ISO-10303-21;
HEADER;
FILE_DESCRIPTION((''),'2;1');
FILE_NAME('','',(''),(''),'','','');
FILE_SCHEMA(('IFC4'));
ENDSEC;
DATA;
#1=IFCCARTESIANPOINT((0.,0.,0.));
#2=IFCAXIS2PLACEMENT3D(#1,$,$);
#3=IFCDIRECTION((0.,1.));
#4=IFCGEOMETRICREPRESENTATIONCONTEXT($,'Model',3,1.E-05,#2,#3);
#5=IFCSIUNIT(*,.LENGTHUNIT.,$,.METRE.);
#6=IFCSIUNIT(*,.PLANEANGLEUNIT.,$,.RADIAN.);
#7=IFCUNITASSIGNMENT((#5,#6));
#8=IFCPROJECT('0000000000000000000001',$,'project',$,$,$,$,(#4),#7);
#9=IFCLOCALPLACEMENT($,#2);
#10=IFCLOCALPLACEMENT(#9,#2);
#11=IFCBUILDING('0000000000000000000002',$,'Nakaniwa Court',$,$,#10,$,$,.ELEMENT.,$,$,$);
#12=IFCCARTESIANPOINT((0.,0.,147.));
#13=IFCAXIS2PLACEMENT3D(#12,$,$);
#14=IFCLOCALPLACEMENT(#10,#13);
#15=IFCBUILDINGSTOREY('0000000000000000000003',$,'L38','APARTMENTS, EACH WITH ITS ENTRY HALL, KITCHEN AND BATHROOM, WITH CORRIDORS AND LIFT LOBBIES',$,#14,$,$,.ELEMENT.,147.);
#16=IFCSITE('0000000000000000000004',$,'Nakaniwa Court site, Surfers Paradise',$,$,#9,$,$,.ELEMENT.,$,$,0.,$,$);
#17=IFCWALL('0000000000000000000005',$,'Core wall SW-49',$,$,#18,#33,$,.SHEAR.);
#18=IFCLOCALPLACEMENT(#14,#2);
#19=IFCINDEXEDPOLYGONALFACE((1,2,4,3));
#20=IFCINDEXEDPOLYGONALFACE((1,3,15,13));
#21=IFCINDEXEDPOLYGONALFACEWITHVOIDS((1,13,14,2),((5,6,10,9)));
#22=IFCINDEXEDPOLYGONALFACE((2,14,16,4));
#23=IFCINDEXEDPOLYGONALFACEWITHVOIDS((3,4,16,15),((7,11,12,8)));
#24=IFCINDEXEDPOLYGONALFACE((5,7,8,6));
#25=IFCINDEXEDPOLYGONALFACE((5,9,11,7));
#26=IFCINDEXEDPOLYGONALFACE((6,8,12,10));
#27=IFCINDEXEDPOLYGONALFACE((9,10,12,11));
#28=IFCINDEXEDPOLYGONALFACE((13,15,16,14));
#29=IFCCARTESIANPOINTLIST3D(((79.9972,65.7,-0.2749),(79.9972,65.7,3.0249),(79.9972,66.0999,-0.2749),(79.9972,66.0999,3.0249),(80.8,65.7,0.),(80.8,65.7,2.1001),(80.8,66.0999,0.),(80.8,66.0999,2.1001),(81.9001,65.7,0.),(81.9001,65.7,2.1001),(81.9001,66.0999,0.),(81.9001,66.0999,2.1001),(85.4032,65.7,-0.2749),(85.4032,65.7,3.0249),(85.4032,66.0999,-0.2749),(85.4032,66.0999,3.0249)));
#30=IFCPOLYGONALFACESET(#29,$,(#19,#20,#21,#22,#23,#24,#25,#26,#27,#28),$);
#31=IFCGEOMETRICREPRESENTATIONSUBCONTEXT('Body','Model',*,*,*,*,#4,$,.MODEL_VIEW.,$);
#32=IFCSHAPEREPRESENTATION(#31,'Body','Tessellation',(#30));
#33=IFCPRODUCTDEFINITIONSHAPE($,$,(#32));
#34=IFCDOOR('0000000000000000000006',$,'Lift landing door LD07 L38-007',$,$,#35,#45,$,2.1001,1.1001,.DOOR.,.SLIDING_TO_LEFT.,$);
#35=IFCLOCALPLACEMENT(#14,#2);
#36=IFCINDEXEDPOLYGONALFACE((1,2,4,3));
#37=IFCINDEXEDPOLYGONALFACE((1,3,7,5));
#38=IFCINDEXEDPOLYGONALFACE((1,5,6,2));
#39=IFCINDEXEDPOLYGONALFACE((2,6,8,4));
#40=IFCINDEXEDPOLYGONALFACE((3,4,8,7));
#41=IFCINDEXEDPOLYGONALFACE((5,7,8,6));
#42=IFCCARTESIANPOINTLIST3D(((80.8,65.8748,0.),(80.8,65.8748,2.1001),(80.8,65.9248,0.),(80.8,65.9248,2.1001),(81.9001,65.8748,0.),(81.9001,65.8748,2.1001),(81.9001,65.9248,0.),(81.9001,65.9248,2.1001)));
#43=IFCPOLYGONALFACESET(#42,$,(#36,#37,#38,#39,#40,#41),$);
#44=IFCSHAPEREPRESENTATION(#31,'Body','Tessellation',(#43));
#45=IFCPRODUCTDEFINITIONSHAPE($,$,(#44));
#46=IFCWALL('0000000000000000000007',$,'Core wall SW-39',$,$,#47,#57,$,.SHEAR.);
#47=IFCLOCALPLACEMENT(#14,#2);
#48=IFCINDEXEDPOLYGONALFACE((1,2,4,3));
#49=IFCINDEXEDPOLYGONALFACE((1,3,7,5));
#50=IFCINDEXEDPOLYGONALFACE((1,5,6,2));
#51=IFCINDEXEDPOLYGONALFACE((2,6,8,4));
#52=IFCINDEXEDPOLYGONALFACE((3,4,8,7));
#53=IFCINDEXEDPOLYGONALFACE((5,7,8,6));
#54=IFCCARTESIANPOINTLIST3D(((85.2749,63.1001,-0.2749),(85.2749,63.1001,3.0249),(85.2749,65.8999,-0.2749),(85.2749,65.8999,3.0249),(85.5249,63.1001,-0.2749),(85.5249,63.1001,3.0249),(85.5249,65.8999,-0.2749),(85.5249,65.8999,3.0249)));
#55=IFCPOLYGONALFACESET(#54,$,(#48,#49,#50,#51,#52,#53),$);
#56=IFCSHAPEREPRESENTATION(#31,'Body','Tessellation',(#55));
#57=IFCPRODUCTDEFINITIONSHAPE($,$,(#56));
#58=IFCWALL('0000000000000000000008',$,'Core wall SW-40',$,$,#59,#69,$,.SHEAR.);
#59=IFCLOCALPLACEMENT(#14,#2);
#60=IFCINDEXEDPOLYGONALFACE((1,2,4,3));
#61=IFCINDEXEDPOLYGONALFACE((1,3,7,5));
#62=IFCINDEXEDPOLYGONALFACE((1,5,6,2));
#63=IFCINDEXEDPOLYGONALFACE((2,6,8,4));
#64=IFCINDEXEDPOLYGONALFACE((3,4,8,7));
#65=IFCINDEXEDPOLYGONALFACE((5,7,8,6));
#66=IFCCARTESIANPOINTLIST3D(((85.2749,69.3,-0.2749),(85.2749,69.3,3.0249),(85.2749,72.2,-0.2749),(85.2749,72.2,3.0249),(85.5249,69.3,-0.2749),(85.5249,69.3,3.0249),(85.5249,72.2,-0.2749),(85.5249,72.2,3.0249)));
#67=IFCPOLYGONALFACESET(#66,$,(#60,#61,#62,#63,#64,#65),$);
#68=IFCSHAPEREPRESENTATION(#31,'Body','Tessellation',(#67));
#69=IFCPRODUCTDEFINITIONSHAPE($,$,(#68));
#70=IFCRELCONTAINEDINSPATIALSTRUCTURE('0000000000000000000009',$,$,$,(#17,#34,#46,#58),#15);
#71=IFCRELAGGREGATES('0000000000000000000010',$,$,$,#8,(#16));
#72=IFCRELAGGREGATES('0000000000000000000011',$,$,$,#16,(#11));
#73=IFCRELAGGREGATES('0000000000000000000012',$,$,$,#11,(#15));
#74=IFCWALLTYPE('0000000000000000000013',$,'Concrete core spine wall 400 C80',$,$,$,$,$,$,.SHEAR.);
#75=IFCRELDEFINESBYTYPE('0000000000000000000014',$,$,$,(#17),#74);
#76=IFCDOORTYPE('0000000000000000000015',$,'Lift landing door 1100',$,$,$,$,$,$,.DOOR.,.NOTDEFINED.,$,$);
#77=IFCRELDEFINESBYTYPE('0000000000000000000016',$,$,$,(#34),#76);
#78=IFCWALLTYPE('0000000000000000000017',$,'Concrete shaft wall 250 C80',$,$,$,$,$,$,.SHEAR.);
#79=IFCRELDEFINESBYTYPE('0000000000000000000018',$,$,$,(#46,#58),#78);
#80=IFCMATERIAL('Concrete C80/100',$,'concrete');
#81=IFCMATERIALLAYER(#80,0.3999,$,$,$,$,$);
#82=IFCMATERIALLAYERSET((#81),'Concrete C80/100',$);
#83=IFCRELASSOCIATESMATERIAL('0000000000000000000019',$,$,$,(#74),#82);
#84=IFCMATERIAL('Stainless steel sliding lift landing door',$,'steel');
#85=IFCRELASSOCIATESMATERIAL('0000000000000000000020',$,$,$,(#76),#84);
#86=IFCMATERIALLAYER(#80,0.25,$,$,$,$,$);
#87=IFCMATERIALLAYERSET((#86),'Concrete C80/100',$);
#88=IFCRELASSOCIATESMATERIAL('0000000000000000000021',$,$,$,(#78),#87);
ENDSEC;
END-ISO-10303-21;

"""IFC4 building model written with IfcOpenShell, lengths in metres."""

from ifc_helpers import new_model, si_unit, direction, frame, frame_2d, origin, place, context, subcontext, project, spatial, rectangle, extrude, material, layer, layer_set, type_object, element, fill, save


model = new_model("IFC4")

# Units and contexts
model_context = context("Model", 3, precision=1e-05, world=origin(), true_north=direction((0.0, 1.0)))
body_context = subcontext(model_context, "Body", "Model", "MODEL_VIEW")
ifc_project = project(units=[si_unit("LENGTHUNIT", "METRE"), si_unit("PLANEANGLEUNIT", "RADIAN")], contexts=[model_context])

# Site, building, storey
site_placement = place(None, origin())
site = spatial("IfcSite", under=ifc_project, at=site_placement, Name="Nakaniwa Court site, Surfers Paradise", CompositionType="ELEMENT", RefElevation=0.0)
building_placement = place(site_placement, origin())
building = spatial("IfcBuilding", under=site, at=building_placement, Name="Nakaniwa Court", CompositionType="ELEMENT")
storey_placement = place(building_placement, frame((0.0, 0.0, 147.0)))
storey = spatial("IfcBuildingStorey", under=building, at=storey_placement, Name="L38", Description="APARTMENTS, EACH WITH ITS ENTRY HALL, KITCHEN AND BATHROOM, WITH CORRIDORS AND LIFT LOBBIES", CompositionType="ELEMENT", Elevation=147.0)

# Wall, opening, door
ifc_material_1 = material(Name="Concrete C80/100", Category="concrete")
ifc_layer_1 = layer(ifc_material_1, 0.3999)
ifc_layer_set_1 = layer_set([ifc_layer_1], Name="Concrete C80/100")
wall_type_1 = type_object("IfcWallType", Name="Concrete core spine wall 400 C80", PredefinedType="SHEAR", material=ifc_layer_set_1)
ifc_material_2 = material(Name="Stainless steel sliding lift landing door", Category="steel")
door_type_1 = type_object("IfcDoorType", Name="Lift landing door 1100", OperationType="NOTDEFINED", PredefinedType="DOOR", material=ifc_material_2)
wall_1_placement = place(storey_placement, frame((79.9971, 65.8999, -0.2749), z_axis=(0.0, 0.0, 1.0), x_axis=(1.0, 0.0, 0.0)))
wall_1 = element("IfcWall", 1, at=wall_1_placement, inside=storey, type_object=wall_type_1, Name="Core wall SW-49", PredefinedType="SHEAR", context=body_context, shape_type="SweptSolid", body=[
    extrude(rectangle(XDim=5.406, YDim=0.3999, at=frame_2d((2.7031, 0.0))), origin(), (0.0, 0.0, 1.0), 3.2998),
])
opening_1_placement = place(wall_1_placement, frame((0.803, 0.0, 0.2749)))
opening_1 = element("IfcOpeningElement", 2, at=opening_1_placement, cuts=wall_1, PredefinedType="OPENING", context=body_context, shape_type="SweptSolid", body=[
    extrude(rectangle(XDim=1.1001, YDim=2.1001, at=frame_2d((0.55, 1.05))), frame((0.0, 0.21, 0.0), z_axis=(0.0, -1.0, 0.0), x_axis=(1.0, 0.0, 0.0)), (0.0, 0.0, 1.0), 0.4199),
])
door_1_placement = place(opening_1_placement, origin())
door_1 = element("IfcDoor", 3, at=door_1_placement, inside=storey, type_object=door_type_1, Name="Lift landing door LD07 L38-007", OperationType="SLIDING_TO_LEFT", OverallHeight=2.1001, OverallWidth=1.1001, PredefinedType="DOOR", context=body_context, shape_type="SweptSolid", body=[
    extrude(rectangle(XDim=1.1001, YDim=2.1001, at=frame_2d((0.55, 1.05))), frame((0.0, 0.0249, 0.0), z_axis=(0.0, -1.0, 0.0), x_axis=(1.0, 0.0, 0.0)), (0.0, 0.0, 1.0), 0.05),
])
fill(opening_1, door_1)

# Walls
ifc_layer_2 = layer(ifc_material_1, 0.25)
ifc_layer_set_2 = layer_set([ifc_layer_2], Name="Concrete C80/100")
wall_type_2 = type_object("IfcWallType", Name="Concrete shaft wall 250 C80", PredefinedType="SHEAR", material=ifc_layer_set_2)
wall_2_placement = place(storey_placement, frame((85.3999, 63.1001, -0.2749), z_axis=(0.0, 0.0, 1.0), x_axis=(0.0, 1.0, 0.0)))
element("IfcWall", 4, at=wall_2_placement, inside=storey, type_object=wall_type_2, Name="Core wall SW-39", PredefinedType="SHEAR", context=body_context, shape_type="SweptSolid", body=[
    extrude(rectangle(XDim=2.7998, YDim=0.25, at=frame_2d((1.3999, 0.0))), origin(), (0.0, 0.0, 1.0), 3.2998),
])
wall_3_placement = place(storey_placement, frame((85.3999, 69.3, -0.2749), z_axis=(0.0, 0.0, 1.0), x_axis=(0.0, 1.0, 0.0)))
element("IfcWall", 5, at=wall_3_placement, inside=storey, type_object=wall_type_2, Name="Core wall SW-40", PredefinedType="SHEAR", context=body_context, shape_type="SweptSolid", body=[
    extrude(rectangle(XDim=2.8999, YDim=0.25, at=frame_2d((1.45, 0.0))), origin(), (0.0, 0.0, 1.0), 3.2998),
])

save(model, "model.ifc")
